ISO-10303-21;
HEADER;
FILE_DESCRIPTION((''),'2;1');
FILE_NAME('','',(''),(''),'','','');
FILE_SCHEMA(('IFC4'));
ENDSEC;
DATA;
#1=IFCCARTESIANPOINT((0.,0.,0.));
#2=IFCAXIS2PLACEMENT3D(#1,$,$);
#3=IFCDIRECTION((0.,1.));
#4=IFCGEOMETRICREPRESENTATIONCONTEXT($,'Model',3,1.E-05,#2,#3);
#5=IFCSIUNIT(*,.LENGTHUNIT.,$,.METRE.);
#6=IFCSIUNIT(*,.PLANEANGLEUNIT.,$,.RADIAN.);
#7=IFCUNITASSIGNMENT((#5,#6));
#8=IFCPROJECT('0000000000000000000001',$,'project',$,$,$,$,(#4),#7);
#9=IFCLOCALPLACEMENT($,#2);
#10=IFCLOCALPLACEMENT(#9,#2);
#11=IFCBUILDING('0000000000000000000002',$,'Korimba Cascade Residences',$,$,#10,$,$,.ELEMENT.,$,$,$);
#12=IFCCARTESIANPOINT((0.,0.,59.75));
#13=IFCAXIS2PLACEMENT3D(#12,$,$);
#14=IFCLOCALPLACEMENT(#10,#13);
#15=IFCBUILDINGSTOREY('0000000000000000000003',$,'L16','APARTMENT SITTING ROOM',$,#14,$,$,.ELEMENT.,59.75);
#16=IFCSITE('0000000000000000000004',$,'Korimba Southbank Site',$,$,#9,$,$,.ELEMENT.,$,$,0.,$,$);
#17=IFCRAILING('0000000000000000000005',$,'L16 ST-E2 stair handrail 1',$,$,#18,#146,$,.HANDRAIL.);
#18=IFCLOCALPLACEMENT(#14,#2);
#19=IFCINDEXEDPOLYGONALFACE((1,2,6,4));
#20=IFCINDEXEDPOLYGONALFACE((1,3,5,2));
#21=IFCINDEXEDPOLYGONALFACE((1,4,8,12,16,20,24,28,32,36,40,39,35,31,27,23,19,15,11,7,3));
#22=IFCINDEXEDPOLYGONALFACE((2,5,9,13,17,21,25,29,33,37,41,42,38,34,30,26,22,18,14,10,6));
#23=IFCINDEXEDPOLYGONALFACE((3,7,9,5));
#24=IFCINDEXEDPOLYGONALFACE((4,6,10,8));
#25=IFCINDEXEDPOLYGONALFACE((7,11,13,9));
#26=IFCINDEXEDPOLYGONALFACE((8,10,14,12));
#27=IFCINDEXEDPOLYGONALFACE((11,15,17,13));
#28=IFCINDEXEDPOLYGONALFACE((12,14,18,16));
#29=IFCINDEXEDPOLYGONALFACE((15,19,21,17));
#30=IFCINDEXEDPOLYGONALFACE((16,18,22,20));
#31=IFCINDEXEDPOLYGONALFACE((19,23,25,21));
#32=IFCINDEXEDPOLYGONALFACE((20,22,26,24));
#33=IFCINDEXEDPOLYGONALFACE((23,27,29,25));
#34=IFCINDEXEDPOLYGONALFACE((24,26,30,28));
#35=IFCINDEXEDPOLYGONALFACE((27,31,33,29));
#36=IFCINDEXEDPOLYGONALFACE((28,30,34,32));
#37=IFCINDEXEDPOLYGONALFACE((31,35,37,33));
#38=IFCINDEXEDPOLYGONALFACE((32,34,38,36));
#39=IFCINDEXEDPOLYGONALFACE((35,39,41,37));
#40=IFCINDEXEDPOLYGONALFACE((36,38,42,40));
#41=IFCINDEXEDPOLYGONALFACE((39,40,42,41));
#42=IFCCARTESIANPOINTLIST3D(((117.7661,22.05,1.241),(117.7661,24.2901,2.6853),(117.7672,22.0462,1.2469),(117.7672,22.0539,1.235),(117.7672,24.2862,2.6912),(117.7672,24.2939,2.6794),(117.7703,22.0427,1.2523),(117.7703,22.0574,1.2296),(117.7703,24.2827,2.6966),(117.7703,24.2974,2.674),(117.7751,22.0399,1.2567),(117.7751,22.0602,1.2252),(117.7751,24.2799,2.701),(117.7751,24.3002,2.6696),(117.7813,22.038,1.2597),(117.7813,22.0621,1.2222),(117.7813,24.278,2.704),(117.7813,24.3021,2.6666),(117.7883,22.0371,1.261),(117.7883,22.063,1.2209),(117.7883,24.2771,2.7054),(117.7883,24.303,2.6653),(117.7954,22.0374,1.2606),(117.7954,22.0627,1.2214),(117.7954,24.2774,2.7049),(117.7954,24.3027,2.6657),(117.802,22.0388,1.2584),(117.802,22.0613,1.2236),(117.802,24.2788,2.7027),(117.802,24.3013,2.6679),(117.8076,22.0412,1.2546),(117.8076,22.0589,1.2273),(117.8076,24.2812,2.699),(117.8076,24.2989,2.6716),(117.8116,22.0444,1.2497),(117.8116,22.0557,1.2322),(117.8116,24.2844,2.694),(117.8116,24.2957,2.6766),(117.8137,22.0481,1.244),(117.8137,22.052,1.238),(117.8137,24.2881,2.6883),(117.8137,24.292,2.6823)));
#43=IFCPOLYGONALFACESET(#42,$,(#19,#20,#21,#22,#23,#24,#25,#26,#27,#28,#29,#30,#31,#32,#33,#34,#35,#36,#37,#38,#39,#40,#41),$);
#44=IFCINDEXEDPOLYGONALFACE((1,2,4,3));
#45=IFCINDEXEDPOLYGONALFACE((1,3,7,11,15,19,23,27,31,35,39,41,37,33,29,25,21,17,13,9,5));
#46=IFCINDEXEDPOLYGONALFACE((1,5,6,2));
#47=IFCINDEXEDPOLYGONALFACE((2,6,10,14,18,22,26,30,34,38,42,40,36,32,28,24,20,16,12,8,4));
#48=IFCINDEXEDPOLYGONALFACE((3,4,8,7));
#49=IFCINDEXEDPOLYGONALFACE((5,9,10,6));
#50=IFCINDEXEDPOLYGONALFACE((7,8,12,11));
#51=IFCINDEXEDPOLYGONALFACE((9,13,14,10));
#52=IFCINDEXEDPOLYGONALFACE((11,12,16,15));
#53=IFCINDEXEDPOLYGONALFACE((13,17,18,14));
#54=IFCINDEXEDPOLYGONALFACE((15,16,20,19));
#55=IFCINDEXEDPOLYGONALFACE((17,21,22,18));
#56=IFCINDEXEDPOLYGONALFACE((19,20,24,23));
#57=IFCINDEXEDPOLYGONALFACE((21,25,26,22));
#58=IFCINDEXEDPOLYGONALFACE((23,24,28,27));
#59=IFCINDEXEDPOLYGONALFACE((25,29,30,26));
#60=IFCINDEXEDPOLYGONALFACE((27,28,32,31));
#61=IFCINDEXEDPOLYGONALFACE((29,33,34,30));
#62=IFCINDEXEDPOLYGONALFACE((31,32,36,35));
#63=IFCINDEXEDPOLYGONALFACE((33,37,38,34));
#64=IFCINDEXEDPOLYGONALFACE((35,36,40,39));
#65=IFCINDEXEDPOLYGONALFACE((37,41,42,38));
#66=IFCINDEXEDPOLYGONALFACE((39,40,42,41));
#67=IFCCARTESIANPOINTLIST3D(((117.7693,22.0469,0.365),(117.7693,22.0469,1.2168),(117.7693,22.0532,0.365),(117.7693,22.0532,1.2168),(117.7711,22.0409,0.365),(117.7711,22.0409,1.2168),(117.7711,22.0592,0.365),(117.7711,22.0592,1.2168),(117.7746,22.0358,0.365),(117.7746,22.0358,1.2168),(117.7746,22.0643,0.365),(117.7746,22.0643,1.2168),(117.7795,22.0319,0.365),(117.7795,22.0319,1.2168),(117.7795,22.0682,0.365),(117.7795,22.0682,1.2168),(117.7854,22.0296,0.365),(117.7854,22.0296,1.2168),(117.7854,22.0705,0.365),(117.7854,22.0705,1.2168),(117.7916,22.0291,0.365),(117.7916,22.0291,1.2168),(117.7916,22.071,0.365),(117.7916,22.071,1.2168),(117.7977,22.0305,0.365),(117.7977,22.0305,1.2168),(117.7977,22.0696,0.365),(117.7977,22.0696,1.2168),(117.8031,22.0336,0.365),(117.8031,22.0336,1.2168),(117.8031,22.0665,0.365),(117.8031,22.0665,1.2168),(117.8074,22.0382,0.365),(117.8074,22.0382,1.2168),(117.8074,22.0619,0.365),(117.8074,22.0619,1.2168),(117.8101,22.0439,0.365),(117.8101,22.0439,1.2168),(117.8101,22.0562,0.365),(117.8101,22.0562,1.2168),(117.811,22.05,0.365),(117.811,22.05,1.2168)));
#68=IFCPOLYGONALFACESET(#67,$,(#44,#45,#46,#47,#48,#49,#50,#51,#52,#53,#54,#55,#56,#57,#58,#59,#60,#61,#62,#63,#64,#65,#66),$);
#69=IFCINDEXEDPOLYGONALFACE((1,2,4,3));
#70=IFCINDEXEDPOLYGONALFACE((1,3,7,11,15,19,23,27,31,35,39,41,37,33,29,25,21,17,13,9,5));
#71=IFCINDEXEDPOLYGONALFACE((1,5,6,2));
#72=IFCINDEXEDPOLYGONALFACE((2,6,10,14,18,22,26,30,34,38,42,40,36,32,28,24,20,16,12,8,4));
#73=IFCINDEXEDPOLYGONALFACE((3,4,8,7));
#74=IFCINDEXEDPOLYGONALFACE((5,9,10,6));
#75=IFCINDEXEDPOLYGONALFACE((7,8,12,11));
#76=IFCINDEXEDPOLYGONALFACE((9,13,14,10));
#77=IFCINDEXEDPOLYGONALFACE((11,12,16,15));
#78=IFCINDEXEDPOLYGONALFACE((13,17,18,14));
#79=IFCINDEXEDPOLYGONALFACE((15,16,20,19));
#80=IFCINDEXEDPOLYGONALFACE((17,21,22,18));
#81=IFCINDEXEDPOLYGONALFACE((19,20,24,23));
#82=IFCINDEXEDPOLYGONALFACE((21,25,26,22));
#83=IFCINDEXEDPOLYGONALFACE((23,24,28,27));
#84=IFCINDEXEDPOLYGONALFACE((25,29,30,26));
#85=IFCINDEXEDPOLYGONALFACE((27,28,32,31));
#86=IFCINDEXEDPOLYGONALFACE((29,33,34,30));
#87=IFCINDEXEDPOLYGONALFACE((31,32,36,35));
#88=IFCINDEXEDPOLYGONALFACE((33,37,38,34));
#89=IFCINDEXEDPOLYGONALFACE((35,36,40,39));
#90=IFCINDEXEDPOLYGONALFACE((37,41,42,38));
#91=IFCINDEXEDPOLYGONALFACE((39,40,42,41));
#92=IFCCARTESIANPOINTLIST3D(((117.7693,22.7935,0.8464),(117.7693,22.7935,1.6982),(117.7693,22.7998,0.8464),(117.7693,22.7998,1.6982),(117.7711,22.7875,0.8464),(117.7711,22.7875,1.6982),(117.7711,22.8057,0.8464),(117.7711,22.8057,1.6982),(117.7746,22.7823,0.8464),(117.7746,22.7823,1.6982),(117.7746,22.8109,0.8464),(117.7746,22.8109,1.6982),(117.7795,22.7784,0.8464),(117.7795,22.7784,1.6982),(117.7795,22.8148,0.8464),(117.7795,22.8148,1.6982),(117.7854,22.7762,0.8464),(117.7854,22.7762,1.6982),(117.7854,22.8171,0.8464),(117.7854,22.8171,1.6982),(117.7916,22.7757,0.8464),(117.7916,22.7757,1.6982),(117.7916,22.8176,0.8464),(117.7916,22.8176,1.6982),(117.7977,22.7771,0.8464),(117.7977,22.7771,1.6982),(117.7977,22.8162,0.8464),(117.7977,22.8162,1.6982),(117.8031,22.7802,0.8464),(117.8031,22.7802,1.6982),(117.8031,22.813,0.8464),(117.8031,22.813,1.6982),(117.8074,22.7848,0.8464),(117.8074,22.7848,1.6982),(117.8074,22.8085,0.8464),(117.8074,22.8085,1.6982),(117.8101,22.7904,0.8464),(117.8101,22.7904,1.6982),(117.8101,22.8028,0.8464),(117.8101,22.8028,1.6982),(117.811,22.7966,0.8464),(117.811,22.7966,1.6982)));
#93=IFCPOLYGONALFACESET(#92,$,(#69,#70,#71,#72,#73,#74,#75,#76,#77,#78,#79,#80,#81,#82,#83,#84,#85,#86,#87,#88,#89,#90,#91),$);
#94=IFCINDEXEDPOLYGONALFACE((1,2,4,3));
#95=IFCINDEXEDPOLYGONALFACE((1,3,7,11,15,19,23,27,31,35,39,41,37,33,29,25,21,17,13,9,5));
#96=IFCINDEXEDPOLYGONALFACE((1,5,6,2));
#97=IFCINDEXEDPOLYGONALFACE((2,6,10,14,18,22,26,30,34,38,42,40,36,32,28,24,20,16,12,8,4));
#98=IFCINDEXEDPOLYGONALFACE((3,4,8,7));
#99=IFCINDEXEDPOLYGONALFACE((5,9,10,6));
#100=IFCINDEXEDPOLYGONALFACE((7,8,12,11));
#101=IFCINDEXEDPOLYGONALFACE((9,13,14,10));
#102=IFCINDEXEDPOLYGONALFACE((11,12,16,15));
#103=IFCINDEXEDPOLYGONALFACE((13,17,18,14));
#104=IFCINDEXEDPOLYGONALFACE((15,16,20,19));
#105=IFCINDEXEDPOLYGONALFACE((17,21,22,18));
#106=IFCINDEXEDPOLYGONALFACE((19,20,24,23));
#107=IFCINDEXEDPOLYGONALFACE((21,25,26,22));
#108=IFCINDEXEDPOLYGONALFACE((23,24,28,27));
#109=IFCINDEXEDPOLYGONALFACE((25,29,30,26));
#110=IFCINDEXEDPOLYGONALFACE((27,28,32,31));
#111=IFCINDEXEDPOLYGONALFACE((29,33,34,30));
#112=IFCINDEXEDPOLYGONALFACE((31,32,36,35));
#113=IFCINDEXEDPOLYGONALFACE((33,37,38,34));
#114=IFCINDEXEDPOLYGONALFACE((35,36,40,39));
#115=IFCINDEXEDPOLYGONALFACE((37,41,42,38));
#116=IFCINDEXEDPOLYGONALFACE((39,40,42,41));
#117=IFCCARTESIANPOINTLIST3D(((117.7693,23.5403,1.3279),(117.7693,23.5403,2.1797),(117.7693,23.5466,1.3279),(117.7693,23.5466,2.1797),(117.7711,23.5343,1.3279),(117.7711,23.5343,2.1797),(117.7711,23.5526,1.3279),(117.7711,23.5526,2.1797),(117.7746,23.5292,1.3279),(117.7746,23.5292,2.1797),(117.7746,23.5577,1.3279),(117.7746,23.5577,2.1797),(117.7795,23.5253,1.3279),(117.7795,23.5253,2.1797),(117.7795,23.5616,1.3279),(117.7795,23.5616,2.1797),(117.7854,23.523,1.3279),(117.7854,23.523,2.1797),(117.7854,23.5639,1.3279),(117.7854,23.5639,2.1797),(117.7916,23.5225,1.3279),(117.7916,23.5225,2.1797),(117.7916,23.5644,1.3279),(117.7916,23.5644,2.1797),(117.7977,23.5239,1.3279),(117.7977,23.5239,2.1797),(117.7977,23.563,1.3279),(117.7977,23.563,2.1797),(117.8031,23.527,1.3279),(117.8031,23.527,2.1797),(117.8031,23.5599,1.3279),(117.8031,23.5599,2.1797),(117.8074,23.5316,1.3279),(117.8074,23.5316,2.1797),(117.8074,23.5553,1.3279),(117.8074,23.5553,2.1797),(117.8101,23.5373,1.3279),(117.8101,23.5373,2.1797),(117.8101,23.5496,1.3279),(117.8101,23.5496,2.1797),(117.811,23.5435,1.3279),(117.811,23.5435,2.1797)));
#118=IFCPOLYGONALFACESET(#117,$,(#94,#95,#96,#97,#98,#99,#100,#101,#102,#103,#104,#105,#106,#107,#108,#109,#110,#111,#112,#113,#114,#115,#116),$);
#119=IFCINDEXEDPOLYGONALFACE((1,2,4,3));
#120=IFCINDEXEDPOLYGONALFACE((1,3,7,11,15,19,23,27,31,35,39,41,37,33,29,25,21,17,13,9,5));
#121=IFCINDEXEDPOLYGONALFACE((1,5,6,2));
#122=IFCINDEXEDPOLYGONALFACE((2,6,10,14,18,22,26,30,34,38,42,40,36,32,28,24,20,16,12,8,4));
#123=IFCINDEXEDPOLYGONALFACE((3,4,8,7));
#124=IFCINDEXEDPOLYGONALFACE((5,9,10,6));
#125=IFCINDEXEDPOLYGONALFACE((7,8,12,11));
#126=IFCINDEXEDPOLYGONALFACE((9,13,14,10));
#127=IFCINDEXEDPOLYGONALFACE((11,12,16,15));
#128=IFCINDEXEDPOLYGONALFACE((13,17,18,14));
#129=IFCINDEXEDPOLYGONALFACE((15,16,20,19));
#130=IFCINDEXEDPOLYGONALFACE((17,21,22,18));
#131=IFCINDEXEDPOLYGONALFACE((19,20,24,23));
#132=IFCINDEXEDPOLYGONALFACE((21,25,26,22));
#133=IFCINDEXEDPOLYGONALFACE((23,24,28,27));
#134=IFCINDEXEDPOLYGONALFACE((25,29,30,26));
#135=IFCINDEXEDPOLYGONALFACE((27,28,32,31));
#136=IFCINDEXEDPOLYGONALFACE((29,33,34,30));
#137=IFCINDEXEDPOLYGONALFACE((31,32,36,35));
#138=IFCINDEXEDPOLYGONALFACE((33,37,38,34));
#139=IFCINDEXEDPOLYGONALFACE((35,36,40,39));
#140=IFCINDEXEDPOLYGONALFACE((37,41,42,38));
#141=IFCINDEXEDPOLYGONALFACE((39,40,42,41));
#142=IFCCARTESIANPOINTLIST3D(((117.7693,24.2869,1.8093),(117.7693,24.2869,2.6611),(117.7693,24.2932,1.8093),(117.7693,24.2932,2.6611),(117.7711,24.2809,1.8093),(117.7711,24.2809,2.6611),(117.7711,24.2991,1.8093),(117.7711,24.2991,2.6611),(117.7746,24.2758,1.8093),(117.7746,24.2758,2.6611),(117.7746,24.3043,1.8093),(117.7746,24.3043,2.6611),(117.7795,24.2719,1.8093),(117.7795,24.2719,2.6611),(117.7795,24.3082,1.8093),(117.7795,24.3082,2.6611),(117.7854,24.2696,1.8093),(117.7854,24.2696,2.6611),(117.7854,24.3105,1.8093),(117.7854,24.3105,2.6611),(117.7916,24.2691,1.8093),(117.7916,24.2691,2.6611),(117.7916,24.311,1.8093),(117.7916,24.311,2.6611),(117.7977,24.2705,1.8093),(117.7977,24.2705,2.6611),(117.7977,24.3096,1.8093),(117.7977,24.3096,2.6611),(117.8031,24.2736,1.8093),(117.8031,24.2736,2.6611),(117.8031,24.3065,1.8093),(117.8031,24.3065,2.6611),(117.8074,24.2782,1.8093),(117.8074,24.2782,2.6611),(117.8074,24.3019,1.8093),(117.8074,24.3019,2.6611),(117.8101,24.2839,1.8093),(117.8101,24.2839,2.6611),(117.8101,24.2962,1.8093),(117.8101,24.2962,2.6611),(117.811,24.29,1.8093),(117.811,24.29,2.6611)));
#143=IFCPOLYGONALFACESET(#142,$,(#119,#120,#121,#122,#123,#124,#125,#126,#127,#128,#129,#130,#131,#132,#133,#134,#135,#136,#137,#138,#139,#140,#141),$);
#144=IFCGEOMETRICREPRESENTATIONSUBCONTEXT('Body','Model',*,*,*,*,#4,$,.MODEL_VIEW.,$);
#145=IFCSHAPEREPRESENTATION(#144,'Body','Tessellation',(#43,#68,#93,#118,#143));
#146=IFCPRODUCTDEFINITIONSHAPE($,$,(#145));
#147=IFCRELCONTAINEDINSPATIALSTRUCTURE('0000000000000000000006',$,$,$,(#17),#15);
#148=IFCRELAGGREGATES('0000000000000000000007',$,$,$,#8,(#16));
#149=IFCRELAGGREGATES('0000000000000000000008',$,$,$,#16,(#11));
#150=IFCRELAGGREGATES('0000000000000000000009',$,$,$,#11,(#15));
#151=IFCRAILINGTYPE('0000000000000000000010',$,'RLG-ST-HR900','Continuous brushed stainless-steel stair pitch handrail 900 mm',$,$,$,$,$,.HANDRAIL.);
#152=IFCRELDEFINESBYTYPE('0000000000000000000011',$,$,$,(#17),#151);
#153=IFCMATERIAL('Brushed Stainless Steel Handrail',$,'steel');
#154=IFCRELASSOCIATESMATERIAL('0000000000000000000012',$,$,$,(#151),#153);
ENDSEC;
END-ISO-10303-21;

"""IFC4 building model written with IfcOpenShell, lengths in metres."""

from ifc_helpers import new_model, si_unit, direction, frame, origin, origin_2d, place, context, subcontext, project, spatial, circle, extrude, material, type_object, element, save


model = new_model("IFC4")

# Units and contexts
model_context = context("Model", 3, precision=1e-05, world=origin(), true_north=direction((0.0, 1.0)))
body_context = subcontext(model_context, "Body", "Model", "MODEL_VIEW")
ifc_project = project(units=[si_unit("LENGTHUNIT", "METRE"), si_unit("PLANEANGLEUNIT", "RADIAN")], contexts=[model_context])

# Site, building, storey
site_placement = place(None, origin())
site = spatial("IfcSite", under=ifc_project, at=site_placement, Name="Korimba Southbank Site", CompositionType="ELEMENT", RefElevation=0.0)
building_placement = place(site_placement, origin())
building = spatial("IfcBuilding", under=site, at=building_placement, Name="Korimba Cascade Residences", CompositionType="ELEMENT")
storey_placement = place(building_placement, frame((0.0, 0.0, 59.75)))
storey = spatial("IfcBuildingStorey", under=building, at=storey_placement, Name="L16", Description="APARTMENT SITTING ROOM", CompositionType="ELEMENT", Elevation=59.75)

# Railing
ifc_material_1 = material(Name="Brushed Stainless Steel Handrail", Category="steel")
railing_type = type_object("IfcRailingType", Name="RLG-ST-HR900", Description="Continuous brushed stainless-steel stair pitch handrail 900 mm", PredefinedType="HANDRAIL", material=ifc_material_1)
railing_placement = place(storey_placement, frame((117.79, 22.05, 0.365)))
element("IfcRailing", 1, at=railing_placement, inside=storey, type_object=railing_type, Name="L16 ST-E2 stair handrail 1", PredefinedType="HANDRAIL", context=body_context, shape_type="SweptSolid", body=[
    extrude(circle(Radius=0.0239, at=origin_2d()), frame((0.0, 0.0, 0.876), z_axis=(0.0, 0.840437, 0.54191), x_axis=(-1.0, 0.0, 0.0)), (0.0, 0.0, 1.0), 2.6653),
    extrude(circle(Radius=0.021, at=origin_2d()), origin(), (0.0, 0.0, 1.0), 0.8518),
    extrude(circle(Radius=0.021, at=origin_2d()), frame((0.0, 0.7466, 0.4814)), (0.0, 0.0, 1.0), 0.8518),
    extrude(circle(Radius=0.021, at=origin_2d()), frame((0.0, 1.4934, 0.9629)), (0.0, 0.0, 1.0), 0.8518),
    extrude(circle(Radius=0.021, at=origin_2d()), frame((0.0, 2.24, 1.4443)), (0.0, 0.0, 1.0), 0.8518),
])

save(model, "model.ifc")
